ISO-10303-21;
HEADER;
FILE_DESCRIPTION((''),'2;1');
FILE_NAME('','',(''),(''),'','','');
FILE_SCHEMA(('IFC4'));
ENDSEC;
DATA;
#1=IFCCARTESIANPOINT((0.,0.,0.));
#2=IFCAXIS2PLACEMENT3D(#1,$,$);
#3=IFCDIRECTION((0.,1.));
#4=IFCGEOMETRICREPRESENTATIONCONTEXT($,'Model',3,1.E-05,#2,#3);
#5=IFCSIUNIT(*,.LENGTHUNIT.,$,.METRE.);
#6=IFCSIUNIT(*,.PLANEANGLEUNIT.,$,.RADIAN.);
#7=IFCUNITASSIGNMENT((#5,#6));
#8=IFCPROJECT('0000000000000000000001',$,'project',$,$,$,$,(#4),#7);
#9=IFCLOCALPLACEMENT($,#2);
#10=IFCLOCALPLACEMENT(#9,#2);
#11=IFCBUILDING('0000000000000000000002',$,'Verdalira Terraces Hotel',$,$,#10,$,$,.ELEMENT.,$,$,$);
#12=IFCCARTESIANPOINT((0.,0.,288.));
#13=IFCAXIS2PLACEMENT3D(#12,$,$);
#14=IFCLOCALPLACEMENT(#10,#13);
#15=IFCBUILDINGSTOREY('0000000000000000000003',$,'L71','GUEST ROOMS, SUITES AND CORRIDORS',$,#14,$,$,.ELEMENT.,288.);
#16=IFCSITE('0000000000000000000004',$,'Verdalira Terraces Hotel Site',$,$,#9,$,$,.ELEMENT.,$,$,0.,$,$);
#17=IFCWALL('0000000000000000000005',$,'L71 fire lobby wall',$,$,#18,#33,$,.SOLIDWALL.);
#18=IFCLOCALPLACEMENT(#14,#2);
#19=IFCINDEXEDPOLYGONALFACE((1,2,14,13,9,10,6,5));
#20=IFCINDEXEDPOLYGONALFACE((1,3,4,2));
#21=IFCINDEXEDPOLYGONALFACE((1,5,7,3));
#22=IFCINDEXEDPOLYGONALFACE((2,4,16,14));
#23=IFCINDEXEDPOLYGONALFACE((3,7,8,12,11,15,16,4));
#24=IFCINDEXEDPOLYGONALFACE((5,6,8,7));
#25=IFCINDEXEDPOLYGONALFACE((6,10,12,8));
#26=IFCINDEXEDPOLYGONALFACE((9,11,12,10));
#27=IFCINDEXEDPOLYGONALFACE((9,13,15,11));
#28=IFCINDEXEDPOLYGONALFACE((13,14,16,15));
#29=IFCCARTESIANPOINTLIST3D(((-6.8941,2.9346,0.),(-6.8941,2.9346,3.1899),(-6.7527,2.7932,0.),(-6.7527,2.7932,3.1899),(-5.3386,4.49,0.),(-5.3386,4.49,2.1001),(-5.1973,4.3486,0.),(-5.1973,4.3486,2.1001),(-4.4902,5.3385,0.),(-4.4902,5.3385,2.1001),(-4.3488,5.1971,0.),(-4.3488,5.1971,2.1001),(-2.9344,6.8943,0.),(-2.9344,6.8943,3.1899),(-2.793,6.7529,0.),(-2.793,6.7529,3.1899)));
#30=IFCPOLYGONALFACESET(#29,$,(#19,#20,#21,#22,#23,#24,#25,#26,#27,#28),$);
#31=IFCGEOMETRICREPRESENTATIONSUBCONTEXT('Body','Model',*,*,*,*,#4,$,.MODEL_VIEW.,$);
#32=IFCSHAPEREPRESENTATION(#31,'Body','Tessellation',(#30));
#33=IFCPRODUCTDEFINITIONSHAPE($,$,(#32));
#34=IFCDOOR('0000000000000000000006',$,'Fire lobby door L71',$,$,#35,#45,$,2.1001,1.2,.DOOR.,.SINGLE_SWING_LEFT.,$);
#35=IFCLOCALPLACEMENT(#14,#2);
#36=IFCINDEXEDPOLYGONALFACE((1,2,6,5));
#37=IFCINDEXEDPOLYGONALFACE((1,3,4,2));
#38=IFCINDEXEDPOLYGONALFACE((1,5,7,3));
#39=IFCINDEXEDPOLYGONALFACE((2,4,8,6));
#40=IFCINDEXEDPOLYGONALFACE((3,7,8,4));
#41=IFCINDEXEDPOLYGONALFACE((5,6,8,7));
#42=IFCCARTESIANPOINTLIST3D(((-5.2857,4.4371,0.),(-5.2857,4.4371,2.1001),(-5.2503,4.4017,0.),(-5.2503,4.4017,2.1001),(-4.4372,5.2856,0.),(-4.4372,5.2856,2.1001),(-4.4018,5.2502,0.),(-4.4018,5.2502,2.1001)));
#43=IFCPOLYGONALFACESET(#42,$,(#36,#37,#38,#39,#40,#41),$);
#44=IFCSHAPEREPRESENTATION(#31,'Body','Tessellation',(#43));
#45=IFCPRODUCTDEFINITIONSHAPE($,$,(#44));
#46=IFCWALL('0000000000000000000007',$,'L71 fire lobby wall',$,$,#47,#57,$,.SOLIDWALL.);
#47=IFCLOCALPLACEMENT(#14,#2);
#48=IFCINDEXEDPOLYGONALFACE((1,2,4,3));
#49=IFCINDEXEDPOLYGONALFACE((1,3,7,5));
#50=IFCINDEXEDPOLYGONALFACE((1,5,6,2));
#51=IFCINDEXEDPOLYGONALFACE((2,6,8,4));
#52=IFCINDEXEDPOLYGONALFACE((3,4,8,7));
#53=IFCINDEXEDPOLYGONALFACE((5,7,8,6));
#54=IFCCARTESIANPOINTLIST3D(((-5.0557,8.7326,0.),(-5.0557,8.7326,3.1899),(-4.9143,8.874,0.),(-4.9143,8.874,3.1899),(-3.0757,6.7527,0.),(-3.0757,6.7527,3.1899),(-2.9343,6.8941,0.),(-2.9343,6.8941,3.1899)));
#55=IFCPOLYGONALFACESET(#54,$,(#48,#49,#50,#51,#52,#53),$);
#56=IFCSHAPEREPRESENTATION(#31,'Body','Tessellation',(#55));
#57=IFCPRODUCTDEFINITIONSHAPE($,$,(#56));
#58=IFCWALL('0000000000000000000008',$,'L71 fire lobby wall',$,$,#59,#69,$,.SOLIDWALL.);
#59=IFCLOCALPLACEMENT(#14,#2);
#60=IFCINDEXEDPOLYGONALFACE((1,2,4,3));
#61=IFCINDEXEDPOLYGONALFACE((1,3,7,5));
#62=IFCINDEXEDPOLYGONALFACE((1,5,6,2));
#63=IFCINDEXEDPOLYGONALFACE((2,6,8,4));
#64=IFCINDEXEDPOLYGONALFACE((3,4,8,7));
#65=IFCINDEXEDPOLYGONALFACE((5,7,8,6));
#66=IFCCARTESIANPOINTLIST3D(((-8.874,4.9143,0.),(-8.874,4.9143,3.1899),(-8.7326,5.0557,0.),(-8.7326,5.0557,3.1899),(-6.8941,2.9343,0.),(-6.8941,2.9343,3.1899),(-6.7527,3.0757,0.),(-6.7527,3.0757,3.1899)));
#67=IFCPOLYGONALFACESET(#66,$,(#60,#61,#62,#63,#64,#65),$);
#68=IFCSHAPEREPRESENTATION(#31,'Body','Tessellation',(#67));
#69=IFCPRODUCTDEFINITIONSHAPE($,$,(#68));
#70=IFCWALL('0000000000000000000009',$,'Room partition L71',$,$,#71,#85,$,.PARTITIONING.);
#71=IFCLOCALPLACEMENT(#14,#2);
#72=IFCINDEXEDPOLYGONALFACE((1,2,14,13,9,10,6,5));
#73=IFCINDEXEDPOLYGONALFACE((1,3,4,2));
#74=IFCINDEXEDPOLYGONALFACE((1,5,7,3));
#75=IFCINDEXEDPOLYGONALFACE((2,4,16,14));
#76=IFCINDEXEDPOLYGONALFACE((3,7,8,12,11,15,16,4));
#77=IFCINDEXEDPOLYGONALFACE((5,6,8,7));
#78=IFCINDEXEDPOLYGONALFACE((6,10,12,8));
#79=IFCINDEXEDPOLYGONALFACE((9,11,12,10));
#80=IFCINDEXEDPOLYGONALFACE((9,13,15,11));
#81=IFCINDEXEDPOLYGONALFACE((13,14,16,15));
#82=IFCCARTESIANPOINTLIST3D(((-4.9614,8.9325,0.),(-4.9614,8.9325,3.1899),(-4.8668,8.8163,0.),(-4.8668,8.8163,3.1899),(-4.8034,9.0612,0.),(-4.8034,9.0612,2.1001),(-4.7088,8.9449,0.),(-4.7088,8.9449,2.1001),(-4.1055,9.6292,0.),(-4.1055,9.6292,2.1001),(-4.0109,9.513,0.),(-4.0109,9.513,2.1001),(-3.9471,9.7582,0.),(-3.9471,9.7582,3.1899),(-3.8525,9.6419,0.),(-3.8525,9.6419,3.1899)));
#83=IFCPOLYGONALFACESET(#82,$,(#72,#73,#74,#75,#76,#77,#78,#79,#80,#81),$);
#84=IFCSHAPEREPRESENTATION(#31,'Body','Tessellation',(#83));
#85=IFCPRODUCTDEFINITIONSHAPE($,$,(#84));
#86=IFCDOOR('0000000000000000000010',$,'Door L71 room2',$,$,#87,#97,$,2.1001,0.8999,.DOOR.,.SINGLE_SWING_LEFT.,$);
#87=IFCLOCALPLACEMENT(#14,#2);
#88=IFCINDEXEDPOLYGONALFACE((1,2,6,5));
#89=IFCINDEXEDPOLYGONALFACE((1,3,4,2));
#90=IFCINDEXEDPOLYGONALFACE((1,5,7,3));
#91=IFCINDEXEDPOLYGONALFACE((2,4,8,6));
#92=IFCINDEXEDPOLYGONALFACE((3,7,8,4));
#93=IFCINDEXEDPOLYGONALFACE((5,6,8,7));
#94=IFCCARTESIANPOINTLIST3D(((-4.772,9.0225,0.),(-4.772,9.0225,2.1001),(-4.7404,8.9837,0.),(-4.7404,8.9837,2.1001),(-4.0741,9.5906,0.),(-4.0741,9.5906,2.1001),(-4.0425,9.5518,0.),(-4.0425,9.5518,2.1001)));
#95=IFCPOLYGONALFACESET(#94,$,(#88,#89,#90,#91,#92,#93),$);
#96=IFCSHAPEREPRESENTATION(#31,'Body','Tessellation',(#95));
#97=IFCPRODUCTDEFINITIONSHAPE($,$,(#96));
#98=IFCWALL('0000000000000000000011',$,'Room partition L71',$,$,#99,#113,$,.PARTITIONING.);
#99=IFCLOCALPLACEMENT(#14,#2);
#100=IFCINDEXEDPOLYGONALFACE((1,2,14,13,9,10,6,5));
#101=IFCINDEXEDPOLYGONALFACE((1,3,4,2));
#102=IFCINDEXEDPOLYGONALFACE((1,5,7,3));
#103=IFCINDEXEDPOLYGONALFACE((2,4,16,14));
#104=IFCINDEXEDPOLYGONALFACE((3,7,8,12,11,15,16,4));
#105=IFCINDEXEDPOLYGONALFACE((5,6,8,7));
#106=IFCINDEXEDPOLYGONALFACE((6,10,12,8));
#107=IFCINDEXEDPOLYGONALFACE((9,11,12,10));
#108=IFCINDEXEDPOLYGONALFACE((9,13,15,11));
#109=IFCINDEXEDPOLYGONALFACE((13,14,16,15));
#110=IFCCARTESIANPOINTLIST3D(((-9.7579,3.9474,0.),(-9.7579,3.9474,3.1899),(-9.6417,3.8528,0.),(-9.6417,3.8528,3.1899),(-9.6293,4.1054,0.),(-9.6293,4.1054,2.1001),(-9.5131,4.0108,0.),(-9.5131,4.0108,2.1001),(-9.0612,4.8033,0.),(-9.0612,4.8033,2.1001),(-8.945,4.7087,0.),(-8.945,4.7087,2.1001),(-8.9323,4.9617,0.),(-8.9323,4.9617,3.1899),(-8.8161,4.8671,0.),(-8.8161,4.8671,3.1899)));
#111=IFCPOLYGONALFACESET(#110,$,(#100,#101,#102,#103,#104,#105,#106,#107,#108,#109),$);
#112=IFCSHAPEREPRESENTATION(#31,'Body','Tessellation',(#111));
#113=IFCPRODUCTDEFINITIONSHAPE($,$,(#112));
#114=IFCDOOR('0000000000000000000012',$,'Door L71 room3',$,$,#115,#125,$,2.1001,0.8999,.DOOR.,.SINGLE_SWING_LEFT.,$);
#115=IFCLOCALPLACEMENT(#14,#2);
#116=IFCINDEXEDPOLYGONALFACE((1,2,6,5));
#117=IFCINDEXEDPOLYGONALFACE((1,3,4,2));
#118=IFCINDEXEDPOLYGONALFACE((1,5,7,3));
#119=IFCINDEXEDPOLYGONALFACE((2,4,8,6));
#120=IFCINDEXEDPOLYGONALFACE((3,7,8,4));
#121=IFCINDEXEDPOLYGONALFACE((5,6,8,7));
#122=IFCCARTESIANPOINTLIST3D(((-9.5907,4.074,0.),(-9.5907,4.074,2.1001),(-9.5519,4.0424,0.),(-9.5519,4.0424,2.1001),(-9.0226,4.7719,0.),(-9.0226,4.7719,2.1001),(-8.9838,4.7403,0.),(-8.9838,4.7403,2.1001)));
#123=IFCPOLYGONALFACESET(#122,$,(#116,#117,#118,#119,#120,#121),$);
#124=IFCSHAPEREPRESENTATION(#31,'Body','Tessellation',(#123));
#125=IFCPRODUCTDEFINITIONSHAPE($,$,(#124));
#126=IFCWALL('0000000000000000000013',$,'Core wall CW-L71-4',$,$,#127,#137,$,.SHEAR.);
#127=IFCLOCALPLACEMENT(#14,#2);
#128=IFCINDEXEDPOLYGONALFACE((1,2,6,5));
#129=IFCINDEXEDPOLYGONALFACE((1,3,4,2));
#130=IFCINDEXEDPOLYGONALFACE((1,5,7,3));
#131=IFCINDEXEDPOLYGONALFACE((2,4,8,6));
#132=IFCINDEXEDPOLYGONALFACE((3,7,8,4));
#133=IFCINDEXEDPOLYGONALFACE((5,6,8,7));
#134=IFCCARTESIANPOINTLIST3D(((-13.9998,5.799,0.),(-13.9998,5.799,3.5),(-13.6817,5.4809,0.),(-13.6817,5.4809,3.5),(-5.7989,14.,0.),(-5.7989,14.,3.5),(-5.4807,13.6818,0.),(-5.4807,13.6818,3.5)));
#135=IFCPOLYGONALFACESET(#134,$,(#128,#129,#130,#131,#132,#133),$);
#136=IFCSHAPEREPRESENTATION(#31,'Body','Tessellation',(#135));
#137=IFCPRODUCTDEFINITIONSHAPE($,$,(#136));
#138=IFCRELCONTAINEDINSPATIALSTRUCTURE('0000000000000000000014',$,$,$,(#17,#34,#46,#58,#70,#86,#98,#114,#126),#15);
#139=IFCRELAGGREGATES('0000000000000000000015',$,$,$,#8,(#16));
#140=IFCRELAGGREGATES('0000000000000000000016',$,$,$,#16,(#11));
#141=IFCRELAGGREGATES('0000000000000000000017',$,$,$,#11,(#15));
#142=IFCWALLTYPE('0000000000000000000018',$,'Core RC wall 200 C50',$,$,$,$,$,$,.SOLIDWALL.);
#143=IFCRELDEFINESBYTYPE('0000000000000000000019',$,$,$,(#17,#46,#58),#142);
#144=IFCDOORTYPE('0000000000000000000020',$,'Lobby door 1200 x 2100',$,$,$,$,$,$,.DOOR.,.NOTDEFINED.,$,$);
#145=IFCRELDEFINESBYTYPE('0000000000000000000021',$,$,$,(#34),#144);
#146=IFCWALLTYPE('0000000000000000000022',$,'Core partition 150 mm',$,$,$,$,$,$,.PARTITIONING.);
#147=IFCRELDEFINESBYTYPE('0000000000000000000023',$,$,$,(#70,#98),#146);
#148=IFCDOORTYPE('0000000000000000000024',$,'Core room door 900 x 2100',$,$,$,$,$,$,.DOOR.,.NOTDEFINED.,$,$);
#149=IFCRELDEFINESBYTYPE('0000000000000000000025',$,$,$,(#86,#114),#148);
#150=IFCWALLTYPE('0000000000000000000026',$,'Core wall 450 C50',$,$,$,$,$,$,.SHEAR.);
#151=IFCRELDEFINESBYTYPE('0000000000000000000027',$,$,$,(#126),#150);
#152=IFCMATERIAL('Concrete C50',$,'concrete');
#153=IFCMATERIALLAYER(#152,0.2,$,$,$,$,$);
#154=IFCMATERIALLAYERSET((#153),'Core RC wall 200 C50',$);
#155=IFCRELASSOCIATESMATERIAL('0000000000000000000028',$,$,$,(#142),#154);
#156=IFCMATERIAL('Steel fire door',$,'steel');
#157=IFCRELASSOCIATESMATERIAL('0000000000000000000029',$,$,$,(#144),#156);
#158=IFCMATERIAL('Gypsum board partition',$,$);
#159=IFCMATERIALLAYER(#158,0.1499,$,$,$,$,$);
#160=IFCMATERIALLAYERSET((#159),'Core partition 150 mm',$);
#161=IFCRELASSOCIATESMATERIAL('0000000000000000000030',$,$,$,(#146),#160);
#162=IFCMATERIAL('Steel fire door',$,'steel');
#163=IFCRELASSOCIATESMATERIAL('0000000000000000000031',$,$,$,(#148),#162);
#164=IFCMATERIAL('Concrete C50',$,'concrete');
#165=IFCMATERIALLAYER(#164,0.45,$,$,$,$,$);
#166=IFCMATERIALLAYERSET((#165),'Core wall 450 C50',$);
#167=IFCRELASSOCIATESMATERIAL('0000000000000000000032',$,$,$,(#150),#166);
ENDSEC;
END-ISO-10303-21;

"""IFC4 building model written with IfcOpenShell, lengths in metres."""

from ifc_helpers import new_model, si_unit, direction, frame, frame_2d, origin, place, context, subcontext, project, spatial, rectangle, extrude, material, layer, layer_set, type_object, element, fill, save


model = new_model("IFC4")

# Units and contexts
model_context = context("Model", 3, precision=1e-05, world=origin(), true_north=direction((0.0, 1.0)))
body_context = subcontext(model_context, "Body", "Model", "MODEL_VIEW")
ifc_project = project(units=[si_unit("LENGTHUNIT", "METRE"), si_unit("PLANEANGLEUNIT", "RADIAN")], contexts=[model_context])

# Site, building, storey
site_placement = place(None, origin())
site = spatial("IfcSite", under=ifc_project, at=site_placement, Name="Verdalira Terraces Hotel Site", CompositionType="ELEMENT", RefElevation=0.0)
building_placement = place(site_placement, origin())
building = spatial("IfcBuilding", under=site, at=building_placement, Name="Verdalira Terraces Hotel", CompositionType="ELEMENT")
storey_placement = place(building_placement, frame((0.0, 0.0, 288.0)))
storey = spatial("IfcBuildingStorey", under=building, at=storey_placement, Name="L71", Description="GUEST ROOMS, SUITES AND CORRIDORS", CompositionType="ELEMENT", Elevation=288.0)

# Shared definitions
ifc_material_1 = material(Name="Concrete C50", Category="concrete")
ifc_layer_1 = layer(ifc_material_1, 0.2)
ifc_layer_set_1 = layer_set([ifc_layer_1], Name="Core RC wall 200 C50")
wall_type_1 = type_object("IfcWallType", Name="Core RC wall 200 C50", PredefinedType="SOLIDWALL", material=ifc_layer_set_1)

# Wall, opening, door
wall_1_placement = place(storey_placement, frame((-2.8638, 6.8235, 0.0), z_axis=(0.0, 0.0, 1.0), x_axis=(-0.707107, -0.707107, 0.0)))
wall_1 = element("IfcWall", 1, at=wall_1_placement, inside=storey, type_object=wall_type_1, Name="L71 fire lobby wall", PredefinedType="SOLIDWALL", context=body_context, shape_type="SweptSolid", body=[
    extrude(rectangle(XDim=5.5999, YDim=0.2, at=frame_2d((2.7998, 0.0))), origin(), (0.0, 0.0, 1.0), 3.1899),
])
opening_1_placement = place(wall_1_placement, frame((2.2, 0.0, 0.0)))
opening_1 = element("IfcOpeningElement", 2, at=opening_1_placement, cuts=wall_1, PredefinedType="OPENING", context=body_context, shape_type="SweptSolid", body=[
    extrude(rectangle(XDim=1.2, YDim=2.1001, at=frame_2d((0.6001, 1.05))), frame((0.0, 0.1099, 0.0), z_axis=(0.0, -1.0, 0.0), x_axis=(1.0, 0.0, 0.0)), (0.0, 0.0, 1.0), 0.22),
])
ifc_material_2 = material(Name="Steel fire door", Category="steel")
door_type_1 = type_object("IfcDoorType", Name="Lobby door 1200 x 2100", OperationType="NOTDEFINED", PredefinedType="DOOR", material=ifc_material_2)
door_1_placement = place(opening_1_placement, origin())
door_1 = element("IfcDoor", 3, at=door_1_placement, inside=storey, type_object=door_type_1, Name="Fire lobby door L71", OperationType="SINGLE_SWING_LEFT", OverallHeight=2.1001, OverallWidth=1.2, PredefinedType="DOOR", context=body_context, shape_type="SweptSolid", body=[
    extrude(rectangle(XDim=1.2, YDim=2.1001, at=frame_2d((0.6001, 1.05))), frame((0.0, 0.0249, 0.0), z_axis=(0.0, -1.0, 0.0), x_axis=(1.0, 0.0, 0.0)), (0.0, 0.0, 1.0), 0.05),
])
fill(opening_1, door_1)

# Walls
for number, where, z_axis, x_axis, name in (
    (4, (-3.0051, 6.8235, 0.0), (0.0, 0.0, 1.0), (-0.707107, 0.707107, 0.0), "L71 fire lobby wall"),
    (5, (-6.8235, 3.0051, 0.0), (0.0, 0.0, 1.0), (-0.707107, 0.707107, 0.0), "L71 fire lobby wall"),
):
    element("IfcWall", number, at=place(storey_placement, frame(where, z_axis=z_axis, x_axis=x_axis)), inside=storey, type_object=wall_type_1, Name=name, PredefinedType="SOLIDWALL", context=body_context, shape_type="SweptSolid", body=[
        extrude(rectangle(XDim=2.8, YDim=0.2, at=frame_2d((1.3999, 0.0))), origin(), (0.0, 0.0, 1.0), 3.1899),
    ])

# Walls, openings, doors
ifc_material_3 = material(Name="Gypsum board partition")
ifc_layer_2 = layer(ifc_material_3, 0.1499)
ifc_layer_set_2 = layer_set([ifc_layer_2], Name="Core partition 150 mm")
wall_type_2 = type_object("IfcWallType", Name="Core partition 150 mm", PredefinedType="PARTITIONING", material=ifc_layer_set_2)
wall_2_placement = place(storey_placement, frame((-3.8999, 9.7, 0.0), z_axis=(0.0, 0.0, 1.0), x_axis=(-0.77556, -0.631274, 0.0)))
wall_2 = element("IfcWall", 6, at=wall_2_placement, inside=storey, type_object=wall_type_2, Name="Room partition L71", PredefinedType="PARTITIONING", context=body_context, shape_type="SweptSolid", body=[
    extrude(rectangle(XDim=1.3079, YDim=0.1499, at=frame_2d((0.6538, 0.0))), origin(), (0.0, 0.0, 1.0), 3.1899),
])
opening_2_placement = place(wall_2_placement, frame((0.2041, 0.0, 0.0)))
opening_2 = element("IfcOpeningElement", 7, at=opening_2_placement, cuts=wall_2, PredefinedType="OPENING", context=body_context, shape_type="SweptSolid", body=[
    extrude(rectangle(XDim=0.8999, YDim=2.1001, at=frame_2d((0.45, 1.05))), frame((0.0, 0.085, 0.0), z_axis=(0.0, -1.0, 0.0), x_axis=(1.0, 0.0, 0.0)), (0.0, 0.0, 1.0), 0.1699),
])
ifc_material_4 = material(Name="Steel fire door", Category="steel")
door_type_2 = type_object("IfcDoorType", Name="Core room door 900 x 2100", OperationType="NOTDEFINED", PredefinedType="DOOR", material=ifc_material_4)
door_2_placement = place(opening_2_placement, origin())
door_2 = element("IfcDoor", 8, at=door_2_placement, inside=storey, type_object=door_type_2, Name="Door L71 room2", OperationType="SINGLE_SWING_LEFT", OverallHeight=2.1001, OverallWidth=0.8999, PredefinedType="DOOR", context=body_context, shape_type="SweptSolid", body=[
    extrude(rectangle(XDim=0.8999, YDim=2.1001, at=frame_2d((0.45, 1.05))), frame((0.0, 0.0249, 0.0), z_axis=(0.0, -1.0, 0.0), x_axis=(1.0, 0.0, 0.0)), (0.0, 0.0, 1.0), 0.05),
])
fill(opening_2, door_2)
wall_3_placement = place(storey_placement, frame((-8.8743, 4.9143, 0.0), z_axis=(0.0, 0.0, 1.0), x_axis=(-0.631274, -0.77556, 0.0)))
wall_3 = element("IfcWall", 9, at=wall_3_placement, inside=storey, type_object=wall_type_2, Name="Room partition L71", PredefinedType="PARTITIONING", context=body_context, shape_type="SweptSolid", body=[
    extrude(rectangle(XDim=1.3079, YDim=0.1499, at=frame_2d((0.6538, 0.0))), origin(), (0.0, 0.0, 1.0), 3.1899),
])
opening_3_placement = place(wall_3_placement, frame((0.2041, 0.0, 0.0)))
opening_3 = element("IfcOpeningElement", 10, at=opening_3_placement, cuts=wall_3, PredefinedType="OPENING", context=body_context, shape_type="SweptSolid", body=[
    extrude(rectangle(XDim=0.8999, YDim=2.1001, at=frame_2d((0.45, 1.05))), frame((0.0, 0.085, 0.0), z_axis=(0.0, -1.0, 0.0), x_axis=(1.0, 0.0, 0.0)), (0.0, 0.0, 1.0), 0.1699),
])
door_3_placement = place(opening_3_placement, origin())
door_3 = element("IfcDoor", 11, at=door_3_placement, inside=storey, type_object=door_type_2, Name="Door L71 room3", OperationType="SINGLE_SWING_LEFT", OverallHeight=2.1001, OverallWidth=0.8999, PredefinedType="DOOR", context=body_context, shape_type="SweptSolid", body=[
    extrude(rectangle(XDim=0.8999, YDim=2.1001, at=frame_2d((0.45, 1.05))), frame((0.0, 0.0249, 0.0), z_axis=(0.0, -1.0, 0.0), x_axis=(1.0, 0.0, 0.0)), (0.0, 0.0, 1.0), 0.05),
])
fill(opening_3, door_3)

# Wall
ifc_material_5 = material(Name="Concrete C50", Category="concrete")
ifc_layer_3 = layer(ifc_material_5, 0.45)
ifc_layer_set_3 = layer_set([ifc_layer_3], Name="Core wall 450 C50")
wall_type_3 = type_object("IfcWallType", Name="Core wall 450 C50", PredefinedType="SHEAR", material=ifc_layer_set_3)
wall_4_placement = place(storey_placement, frame((-5.6399, 13.8408, 0.0), z_axis=(0.0, 0.0, 1.0), x_axis=(-0.707107, -0.707107, 0.0)))
element("IfcWall", 12, at=wall_4_placement, inside=storey, type_object=wall_type_3, Name="Core wall CW-L71-4", PredefinedType="SHEAR", context=body_context, shape_type="SweptSolid", body=[
    extrude(rectangle(XDim=11.5979, YDim=0.45, at=frame_2d((5.7988, 0.0))), origin(), (0.0, 0.0, 1.0), 3.5),
])

save(model, "model.ifc")
